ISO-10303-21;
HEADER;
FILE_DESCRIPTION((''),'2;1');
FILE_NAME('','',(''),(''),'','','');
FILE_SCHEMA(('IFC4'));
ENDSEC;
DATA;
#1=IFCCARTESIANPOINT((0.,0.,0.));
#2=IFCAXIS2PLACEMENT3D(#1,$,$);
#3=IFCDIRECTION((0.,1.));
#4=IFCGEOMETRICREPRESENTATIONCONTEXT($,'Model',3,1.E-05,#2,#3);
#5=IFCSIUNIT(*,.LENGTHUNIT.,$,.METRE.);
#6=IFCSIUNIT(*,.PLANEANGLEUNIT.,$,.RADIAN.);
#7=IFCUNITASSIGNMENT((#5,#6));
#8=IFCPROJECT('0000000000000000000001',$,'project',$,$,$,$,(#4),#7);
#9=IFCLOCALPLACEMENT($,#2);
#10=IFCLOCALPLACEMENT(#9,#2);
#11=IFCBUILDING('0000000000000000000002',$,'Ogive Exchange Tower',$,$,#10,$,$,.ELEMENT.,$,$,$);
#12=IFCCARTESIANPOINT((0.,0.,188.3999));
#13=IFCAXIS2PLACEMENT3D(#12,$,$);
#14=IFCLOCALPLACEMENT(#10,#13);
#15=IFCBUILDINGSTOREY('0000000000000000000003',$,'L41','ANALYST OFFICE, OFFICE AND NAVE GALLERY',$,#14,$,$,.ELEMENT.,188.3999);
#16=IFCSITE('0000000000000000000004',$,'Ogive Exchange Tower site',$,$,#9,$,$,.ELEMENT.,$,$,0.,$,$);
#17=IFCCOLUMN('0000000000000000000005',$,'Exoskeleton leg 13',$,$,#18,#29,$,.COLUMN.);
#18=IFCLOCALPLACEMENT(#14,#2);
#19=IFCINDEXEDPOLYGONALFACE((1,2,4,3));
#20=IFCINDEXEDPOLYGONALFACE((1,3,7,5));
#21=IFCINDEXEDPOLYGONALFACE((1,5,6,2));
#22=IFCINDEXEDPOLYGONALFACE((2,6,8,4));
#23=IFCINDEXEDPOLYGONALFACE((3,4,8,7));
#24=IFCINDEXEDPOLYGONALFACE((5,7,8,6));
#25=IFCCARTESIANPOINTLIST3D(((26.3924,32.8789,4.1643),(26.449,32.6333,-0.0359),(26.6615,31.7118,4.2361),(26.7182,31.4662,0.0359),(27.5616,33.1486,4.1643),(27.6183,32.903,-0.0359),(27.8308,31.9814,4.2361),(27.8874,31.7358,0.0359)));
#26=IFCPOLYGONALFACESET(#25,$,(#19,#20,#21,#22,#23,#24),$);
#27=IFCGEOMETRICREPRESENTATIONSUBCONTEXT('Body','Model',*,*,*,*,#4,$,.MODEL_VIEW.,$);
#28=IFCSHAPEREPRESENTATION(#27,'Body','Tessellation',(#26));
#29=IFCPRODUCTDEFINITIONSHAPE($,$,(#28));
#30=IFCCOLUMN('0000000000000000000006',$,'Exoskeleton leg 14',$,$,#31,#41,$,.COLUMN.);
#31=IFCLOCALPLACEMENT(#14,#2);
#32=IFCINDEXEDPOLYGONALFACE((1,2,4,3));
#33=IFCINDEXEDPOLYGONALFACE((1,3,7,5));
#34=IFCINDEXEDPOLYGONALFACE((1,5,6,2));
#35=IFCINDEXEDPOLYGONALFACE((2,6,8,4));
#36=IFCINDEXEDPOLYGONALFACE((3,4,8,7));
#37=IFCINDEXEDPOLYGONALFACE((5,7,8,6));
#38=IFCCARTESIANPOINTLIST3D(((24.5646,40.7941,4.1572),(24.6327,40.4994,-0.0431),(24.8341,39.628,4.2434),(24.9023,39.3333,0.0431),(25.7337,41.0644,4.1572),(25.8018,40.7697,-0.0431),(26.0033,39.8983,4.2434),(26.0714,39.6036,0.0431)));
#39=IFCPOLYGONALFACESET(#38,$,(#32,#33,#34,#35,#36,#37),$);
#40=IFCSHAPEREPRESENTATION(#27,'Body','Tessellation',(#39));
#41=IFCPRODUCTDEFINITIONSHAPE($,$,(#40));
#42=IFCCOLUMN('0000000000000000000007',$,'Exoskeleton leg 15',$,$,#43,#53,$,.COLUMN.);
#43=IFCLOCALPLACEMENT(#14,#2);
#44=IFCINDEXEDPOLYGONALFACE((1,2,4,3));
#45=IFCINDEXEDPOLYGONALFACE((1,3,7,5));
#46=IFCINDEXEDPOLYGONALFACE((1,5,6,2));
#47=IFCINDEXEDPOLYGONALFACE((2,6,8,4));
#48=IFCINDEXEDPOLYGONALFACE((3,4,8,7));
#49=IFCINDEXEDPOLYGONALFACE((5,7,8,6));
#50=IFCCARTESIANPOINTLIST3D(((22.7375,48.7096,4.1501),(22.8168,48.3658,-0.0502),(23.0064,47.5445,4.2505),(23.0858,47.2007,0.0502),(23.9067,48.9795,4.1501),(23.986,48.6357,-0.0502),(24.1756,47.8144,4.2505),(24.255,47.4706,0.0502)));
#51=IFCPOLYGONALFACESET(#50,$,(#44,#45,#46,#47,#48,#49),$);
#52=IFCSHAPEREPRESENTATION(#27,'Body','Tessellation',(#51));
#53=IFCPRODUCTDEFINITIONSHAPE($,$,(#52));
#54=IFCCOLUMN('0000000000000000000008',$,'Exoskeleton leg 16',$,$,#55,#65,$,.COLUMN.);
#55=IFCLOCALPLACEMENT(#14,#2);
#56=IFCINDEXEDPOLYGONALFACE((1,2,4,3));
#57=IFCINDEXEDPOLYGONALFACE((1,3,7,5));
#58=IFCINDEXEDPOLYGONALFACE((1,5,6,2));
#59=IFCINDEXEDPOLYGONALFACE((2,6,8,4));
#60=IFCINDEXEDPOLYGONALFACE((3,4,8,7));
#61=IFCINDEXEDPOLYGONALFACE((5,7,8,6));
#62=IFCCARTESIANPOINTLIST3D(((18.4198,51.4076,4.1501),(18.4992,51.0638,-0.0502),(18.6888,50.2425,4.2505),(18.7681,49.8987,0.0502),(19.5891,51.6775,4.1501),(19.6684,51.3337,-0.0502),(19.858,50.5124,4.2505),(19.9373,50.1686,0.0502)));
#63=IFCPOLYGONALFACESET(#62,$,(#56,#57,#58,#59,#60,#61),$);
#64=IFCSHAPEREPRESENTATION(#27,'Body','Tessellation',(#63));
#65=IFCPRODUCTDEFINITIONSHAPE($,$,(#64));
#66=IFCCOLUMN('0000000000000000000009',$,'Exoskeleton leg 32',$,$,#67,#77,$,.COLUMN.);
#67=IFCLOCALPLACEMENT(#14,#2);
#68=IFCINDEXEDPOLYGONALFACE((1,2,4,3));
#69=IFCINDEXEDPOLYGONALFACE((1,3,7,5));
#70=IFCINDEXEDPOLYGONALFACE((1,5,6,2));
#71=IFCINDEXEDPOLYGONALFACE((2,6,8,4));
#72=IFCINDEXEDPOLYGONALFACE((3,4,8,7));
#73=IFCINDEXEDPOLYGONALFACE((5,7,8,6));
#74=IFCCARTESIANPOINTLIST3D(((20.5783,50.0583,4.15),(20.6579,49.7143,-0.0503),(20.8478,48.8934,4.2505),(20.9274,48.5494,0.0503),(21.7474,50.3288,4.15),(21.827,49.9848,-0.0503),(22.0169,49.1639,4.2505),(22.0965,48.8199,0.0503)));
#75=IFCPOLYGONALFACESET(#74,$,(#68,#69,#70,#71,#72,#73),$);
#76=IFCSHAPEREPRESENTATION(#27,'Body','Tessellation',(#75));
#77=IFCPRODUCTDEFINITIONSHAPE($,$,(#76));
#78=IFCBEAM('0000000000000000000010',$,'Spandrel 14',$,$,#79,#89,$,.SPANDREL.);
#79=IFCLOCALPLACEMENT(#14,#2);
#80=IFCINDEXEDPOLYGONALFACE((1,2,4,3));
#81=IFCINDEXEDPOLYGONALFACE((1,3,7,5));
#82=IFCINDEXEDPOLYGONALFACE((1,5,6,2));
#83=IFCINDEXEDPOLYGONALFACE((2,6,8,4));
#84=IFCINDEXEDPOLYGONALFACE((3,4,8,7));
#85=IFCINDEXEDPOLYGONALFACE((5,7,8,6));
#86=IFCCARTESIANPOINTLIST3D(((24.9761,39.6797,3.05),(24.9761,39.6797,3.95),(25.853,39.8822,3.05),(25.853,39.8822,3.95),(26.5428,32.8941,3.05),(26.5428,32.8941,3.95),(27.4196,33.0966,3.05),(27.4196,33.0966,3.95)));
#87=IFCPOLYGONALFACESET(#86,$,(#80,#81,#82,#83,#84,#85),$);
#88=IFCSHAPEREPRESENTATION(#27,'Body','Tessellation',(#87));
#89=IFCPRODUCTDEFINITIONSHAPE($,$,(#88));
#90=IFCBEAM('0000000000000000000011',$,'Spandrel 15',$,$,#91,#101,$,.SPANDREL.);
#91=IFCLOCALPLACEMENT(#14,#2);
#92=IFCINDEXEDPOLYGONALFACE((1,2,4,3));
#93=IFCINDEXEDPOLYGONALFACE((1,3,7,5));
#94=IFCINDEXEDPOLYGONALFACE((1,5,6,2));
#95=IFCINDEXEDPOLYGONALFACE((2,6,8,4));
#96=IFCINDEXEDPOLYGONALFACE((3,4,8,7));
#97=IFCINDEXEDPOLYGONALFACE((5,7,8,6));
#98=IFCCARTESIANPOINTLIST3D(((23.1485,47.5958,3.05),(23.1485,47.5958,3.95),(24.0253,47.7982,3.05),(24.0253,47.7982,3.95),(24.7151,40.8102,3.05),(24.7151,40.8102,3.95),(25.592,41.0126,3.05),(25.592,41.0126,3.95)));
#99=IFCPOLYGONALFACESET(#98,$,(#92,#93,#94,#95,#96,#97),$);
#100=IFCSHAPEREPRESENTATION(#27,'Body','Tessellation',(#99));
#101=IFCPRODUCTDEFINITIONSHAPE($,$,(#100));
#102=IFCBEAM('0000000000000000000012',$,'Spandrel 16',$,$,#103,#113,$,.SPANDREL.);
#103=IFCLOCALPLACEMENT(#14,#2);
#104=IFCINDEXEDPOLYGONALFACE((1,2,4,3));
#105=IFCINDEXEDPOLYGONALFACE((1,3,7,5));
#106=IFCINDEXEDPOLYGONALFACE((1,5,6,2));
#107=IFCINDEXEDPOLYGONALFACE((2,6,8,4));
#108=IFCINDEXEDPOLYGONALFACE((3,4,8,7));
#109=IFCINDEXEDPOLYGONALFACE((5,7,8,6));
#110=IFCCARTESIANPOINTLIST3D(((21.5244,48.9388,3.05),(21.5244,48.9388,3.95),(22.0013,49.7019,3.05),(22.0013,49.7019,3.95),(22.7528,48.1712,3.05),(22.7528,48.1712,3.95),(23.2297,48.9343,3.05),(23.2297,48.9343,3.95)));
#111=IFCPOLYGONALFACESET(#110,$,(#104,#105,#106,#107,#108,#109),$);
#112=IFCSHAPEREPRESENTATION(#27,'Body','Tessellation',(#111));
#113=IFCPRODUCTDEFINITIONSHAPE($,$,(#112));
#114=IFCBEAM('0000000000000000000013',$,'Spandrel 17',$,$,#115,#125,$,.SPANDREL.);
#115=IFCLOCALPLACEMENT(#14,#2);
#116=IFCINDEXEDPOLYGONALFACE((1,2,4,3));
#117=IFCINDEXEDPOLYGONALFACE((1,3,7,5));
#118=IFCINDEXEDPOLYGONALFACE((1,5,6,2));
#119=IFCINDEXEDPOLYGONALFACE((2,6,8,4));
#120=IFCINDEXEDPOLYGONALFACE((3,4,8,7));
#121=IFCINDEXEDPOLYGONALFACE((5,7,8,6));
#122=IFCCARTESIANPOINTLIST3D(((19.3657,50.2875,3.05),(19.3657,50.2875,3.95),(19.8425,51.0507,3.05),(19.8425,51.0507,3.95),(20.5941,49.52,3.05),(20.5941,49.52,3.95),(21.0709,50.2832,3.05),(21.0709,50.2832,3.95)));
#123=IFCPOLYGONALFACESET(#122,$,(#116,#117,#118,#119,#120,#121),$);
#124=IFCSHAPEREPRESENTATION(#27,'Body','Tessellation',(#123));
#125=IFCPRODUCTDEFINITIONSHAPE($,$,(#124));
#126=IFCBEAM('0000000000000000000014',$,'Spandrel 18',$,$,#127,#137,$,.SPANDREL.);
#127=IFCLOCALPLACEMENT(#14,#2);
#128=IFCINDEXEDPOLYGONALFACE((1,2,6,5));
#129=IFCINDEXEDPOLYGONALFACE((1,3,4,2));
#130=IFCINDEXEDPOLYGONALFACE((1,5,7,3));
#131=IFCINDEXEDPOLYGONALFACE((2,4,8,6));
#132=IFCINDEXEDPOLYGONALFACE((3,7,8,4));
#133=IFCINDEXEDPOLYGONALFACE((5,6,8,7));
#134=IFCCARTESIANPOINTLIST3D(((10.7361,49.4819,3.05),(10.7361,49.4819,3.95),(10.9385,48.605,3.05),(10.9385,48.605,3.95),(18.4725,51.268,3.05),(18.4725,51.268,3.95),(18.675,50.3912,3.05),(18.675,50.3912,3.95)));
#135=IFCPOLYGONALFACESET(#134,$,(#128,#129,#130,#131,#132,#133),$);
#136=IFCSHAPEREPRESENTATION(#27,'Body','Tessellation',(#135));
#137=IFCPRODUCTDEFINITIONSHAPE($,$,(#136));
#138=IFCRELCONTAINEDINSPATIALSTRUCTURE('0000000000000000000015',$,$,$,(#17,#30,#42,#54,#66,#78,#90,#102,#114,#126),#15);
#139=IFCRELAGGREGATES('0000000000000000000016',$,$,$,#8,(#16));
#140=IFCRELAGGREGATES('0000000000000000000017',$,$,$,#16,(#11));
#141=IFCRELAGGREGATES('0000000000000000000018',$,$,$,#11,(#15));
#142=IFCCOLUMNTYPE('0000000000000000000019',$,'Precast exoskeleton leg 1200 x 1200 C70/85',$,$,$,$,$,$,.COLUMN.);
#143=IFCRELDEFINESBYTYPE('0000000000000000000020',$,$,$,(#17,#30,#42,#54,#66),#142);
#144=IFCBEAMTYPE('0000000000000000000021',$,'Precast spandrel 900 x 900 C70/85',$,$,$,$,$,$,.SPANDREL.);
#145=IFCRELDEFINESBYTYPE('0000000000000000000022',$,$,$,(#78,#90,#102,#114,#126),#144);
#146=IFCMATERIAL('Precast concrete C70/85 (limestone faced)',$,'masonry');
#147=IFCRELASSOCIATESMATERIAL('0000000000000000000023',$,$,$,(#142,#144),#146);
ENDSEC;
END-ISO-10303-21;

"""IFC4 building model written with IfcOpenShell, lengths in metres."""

from ifc_helpers import new_model, si_unit, direction, frame, origin, origin_2d, place, context, subcontext, project, spatial, rectangle, extrude, material, material_profile, profile_set, type_object, element, save


model = new_model("IFC4")

# Units and contexts
model_context = context("Model", 3, precision=1e-05, world=origin(), true_north=direction((0.0, 1.0)))
body_context = subcontext(model_context, "Body", "Model", "MODEL_VIEW")
ifc_project = project(units=[si_unit("LENGTHUNIT", "METRE"), si_unit("PLANEANGLEUNIT", "RADIAN")], contexts=[model_context])

# Site, building, storey
site_placement = place(None, origin())
site = spatial("IfcSite", under=ifc_project, at=site_placement, Name="Ogive Exchange Tower site", CompositionType="ELEMENT", RefElevation=0.0)
building_placement = place(site_placement, origin())
building = spatial("IfcBuilding", under=site, at=building_placement, Name="Ogive Exchange Tower", CompositionType="ELEMENT")
storey_placement = place(building_placement, frame((0.0, 0.0, 188.3999)))
storey = spatial("IfcBuildingStorey", under=building, at=storey_placement, Name="L41", Description="ANALYST OFFICE, OFFICE AND NAVE GALLERY", CompositionType="ELEMENT", Elevation=188.3999)

# Columns
ifc_material_1 = material(Name="Precast concrete C70/85 (limestone faced)", Category="masonry")
ifc_material_profile_1 = material_profile(ifc_material_1, rectangle(XDim=1.2, YDim=1.2, at=origin_2d()), Name="1200 x 1200")
ifc_profile_set_1 = profile_set([ifc_material_profile_1], Name="Precast concrete C70/85 (limestone faced)")
column_type = type_object("IfcColumnType", Name="Precast exoskeleton leg 1200 x 1200 C70/85", PredefinedType="COLUMN", material=ifc_profile_set_1)
column_1_placement = place(storey_placement, frame((27.1682, 32.1846, 0.0), z_axis=(-0.013461, 0.05837, 0.998204), x_axis=(-0.974424, -0.224718, 0.0)))
element("IfcColumn", 1, at=column_1_placement, inside=storey, type_object=column_type, Name="Exoskeleton leg 13", PredefinedType="COLUMN", context=body_context, shape_type="SweptSolid", body=[
    extrude(rectangle(XDim=1.2, YDim=1.2, at=origin_2d()), origin(), (0.0, 0.0, 1.0), 4.2078),
])
column_2_placement = place(storey_placement, frame((25.3521, 40.0515, 0.0), z_axis=(-0.016175, 0.069977, 0.997417), x_axis=(-0.97431, -0.225213, 0.0)))
element("IfcColumn", 2, at=column_2_placement, inside=storey, type_object=column_type, Name="Exoskeleton leg 14", PredefinedType="COLUMN", context=body_context, shape_type="SweptSolid", body=[
    extrude(rectangle(XDim=1.2, YDim=1.2, at=origin_2d()), origin(), (0.0, 0.0, 1.0), 4.2112),
])
for number, where, z_axis, x_axis, name in (
    (3, (23.5359, 47.9182, 0.0), (-0.018825, 0.081554, 0.996491), (-0.97438, -0.22491, 0.0), "Exoskeleton leg 15"),
    (4, (19.2183, 50.6162, 0.0), (-0.018825, 0.081554, 0.996491), (-0.97438, -0.22491, 0.0), "Exoskeleton leg 16"),
    (5, (21.3772, 49.2671, 0.0), (-0.018882, 0.081612, 0.996485), (-0.974263, -0.225415, 0.0), "Exoskeleton leg 32"),
):
    element("IfcColumn", number, at=place(storey_placement, frame(where, z_axis=z_axis, x_axis=x_axis)), inside=storey, type_object=column_type, Name=name, PredefinedType="COLUMN", context=body_context, shape_type="SweptSolid", body=[
        extrude(rectangle(XDim=1.2, YDim=1.2, at=origin_2d()), origin(), (0.0, 0.0, 1.0), 4.2151),
    ])

# Beams
ifc_material_profile_2 = material_profile(ifc_material_1, rectangle(XDim=0.8999, YDim=0.8999, at=origin_2d()), Name="900 x 900")
ifc_profile_set_2 = profile_set([ifc_material_profile_2], Name="Precast concrete C70/85 (limestone faced)")
beam_type = type_object("IfcBeamType", Name="Precast spandrel 900 x 900 C70/85", PredefinedType="SPANDREL", material=ifc_profile_set_2)
for number, where, z_axis, x_axis, name in (
    (6, (26.9812, 32.9954, 3.5), (-0.224959, 0.974368, 0.0), (-0.974368, -0.224959, 0.0), "Spandrel 14"),
    (7, (25.1536, 40.9114, 3.5), (-0.224959, 0.974368, 0.0), (-0.974368, -0.224959, 0.0), "Spandrel 15"),
):
    element("IfcBeam", number, at=place(storey_placement, frame(where, z_axis=z_axis, x_axis=x_axis)), inside=storey, type_object=beam_type, Name=name, PredefinedType="SPANDREL", context=body_context, shape_type="SweptSolid", body=[
        extrude(rectangle(XDim=0.8999, YDim=0.8999, at=origin_2d()), origin(), (0.0, 0.0, 1.0), 6.9641),
    ])
for number, where, z_axis, x_axis, name in (
    (8, (22.9912, 48.5527, 3.5), (-0.848027, 0.529953, 0.0), (-0.529953, -0.848027, 0.0), "Spandrel 16"),
    (9, (20.8325, 49.9016, 3.5), (-0.848074, 0.529878, 0.0), (-0.529878, -0.848074, 0.0), "Spandrel 17"),
):
    element("IfcBeam", number, at=place(storey_placement, frame(where, z_axis=z_axis, x_axis=x_axis)), inside=storey, type_object=beam_type, Name=name, PredefinedType="SPANDREL", context=body_context, shape_type="SweptSolid", body=[
        extrude(rectangle(XDim=0.8999, YDim=0.8999, at=origin_2d()), origin(), (0.0, 0.0, 1.0), 1.4485),
    ])
beam_placement = place(storey_placement, frame((18.5737, 50.8296, 3.5), z_axis=(-0.974368, -0.224958, 0.0), x_axis=(0.224958, -0.974368, 0.0)))
element("IfcBeam", 10, at=beam_placement, inside=storey, type_object=beam_type, Name="Spandrel 18", PredefinedType="SPANDREL", context=body_context, shape_type="SweptSolid", body=[
    extrude(rectangle(XDim=0.8999, YDim=0.8999, at=origin_2d()), origin(), (0.0, 0.0, 1.0), 7.9399),
])

save(model, "model.ifc")
